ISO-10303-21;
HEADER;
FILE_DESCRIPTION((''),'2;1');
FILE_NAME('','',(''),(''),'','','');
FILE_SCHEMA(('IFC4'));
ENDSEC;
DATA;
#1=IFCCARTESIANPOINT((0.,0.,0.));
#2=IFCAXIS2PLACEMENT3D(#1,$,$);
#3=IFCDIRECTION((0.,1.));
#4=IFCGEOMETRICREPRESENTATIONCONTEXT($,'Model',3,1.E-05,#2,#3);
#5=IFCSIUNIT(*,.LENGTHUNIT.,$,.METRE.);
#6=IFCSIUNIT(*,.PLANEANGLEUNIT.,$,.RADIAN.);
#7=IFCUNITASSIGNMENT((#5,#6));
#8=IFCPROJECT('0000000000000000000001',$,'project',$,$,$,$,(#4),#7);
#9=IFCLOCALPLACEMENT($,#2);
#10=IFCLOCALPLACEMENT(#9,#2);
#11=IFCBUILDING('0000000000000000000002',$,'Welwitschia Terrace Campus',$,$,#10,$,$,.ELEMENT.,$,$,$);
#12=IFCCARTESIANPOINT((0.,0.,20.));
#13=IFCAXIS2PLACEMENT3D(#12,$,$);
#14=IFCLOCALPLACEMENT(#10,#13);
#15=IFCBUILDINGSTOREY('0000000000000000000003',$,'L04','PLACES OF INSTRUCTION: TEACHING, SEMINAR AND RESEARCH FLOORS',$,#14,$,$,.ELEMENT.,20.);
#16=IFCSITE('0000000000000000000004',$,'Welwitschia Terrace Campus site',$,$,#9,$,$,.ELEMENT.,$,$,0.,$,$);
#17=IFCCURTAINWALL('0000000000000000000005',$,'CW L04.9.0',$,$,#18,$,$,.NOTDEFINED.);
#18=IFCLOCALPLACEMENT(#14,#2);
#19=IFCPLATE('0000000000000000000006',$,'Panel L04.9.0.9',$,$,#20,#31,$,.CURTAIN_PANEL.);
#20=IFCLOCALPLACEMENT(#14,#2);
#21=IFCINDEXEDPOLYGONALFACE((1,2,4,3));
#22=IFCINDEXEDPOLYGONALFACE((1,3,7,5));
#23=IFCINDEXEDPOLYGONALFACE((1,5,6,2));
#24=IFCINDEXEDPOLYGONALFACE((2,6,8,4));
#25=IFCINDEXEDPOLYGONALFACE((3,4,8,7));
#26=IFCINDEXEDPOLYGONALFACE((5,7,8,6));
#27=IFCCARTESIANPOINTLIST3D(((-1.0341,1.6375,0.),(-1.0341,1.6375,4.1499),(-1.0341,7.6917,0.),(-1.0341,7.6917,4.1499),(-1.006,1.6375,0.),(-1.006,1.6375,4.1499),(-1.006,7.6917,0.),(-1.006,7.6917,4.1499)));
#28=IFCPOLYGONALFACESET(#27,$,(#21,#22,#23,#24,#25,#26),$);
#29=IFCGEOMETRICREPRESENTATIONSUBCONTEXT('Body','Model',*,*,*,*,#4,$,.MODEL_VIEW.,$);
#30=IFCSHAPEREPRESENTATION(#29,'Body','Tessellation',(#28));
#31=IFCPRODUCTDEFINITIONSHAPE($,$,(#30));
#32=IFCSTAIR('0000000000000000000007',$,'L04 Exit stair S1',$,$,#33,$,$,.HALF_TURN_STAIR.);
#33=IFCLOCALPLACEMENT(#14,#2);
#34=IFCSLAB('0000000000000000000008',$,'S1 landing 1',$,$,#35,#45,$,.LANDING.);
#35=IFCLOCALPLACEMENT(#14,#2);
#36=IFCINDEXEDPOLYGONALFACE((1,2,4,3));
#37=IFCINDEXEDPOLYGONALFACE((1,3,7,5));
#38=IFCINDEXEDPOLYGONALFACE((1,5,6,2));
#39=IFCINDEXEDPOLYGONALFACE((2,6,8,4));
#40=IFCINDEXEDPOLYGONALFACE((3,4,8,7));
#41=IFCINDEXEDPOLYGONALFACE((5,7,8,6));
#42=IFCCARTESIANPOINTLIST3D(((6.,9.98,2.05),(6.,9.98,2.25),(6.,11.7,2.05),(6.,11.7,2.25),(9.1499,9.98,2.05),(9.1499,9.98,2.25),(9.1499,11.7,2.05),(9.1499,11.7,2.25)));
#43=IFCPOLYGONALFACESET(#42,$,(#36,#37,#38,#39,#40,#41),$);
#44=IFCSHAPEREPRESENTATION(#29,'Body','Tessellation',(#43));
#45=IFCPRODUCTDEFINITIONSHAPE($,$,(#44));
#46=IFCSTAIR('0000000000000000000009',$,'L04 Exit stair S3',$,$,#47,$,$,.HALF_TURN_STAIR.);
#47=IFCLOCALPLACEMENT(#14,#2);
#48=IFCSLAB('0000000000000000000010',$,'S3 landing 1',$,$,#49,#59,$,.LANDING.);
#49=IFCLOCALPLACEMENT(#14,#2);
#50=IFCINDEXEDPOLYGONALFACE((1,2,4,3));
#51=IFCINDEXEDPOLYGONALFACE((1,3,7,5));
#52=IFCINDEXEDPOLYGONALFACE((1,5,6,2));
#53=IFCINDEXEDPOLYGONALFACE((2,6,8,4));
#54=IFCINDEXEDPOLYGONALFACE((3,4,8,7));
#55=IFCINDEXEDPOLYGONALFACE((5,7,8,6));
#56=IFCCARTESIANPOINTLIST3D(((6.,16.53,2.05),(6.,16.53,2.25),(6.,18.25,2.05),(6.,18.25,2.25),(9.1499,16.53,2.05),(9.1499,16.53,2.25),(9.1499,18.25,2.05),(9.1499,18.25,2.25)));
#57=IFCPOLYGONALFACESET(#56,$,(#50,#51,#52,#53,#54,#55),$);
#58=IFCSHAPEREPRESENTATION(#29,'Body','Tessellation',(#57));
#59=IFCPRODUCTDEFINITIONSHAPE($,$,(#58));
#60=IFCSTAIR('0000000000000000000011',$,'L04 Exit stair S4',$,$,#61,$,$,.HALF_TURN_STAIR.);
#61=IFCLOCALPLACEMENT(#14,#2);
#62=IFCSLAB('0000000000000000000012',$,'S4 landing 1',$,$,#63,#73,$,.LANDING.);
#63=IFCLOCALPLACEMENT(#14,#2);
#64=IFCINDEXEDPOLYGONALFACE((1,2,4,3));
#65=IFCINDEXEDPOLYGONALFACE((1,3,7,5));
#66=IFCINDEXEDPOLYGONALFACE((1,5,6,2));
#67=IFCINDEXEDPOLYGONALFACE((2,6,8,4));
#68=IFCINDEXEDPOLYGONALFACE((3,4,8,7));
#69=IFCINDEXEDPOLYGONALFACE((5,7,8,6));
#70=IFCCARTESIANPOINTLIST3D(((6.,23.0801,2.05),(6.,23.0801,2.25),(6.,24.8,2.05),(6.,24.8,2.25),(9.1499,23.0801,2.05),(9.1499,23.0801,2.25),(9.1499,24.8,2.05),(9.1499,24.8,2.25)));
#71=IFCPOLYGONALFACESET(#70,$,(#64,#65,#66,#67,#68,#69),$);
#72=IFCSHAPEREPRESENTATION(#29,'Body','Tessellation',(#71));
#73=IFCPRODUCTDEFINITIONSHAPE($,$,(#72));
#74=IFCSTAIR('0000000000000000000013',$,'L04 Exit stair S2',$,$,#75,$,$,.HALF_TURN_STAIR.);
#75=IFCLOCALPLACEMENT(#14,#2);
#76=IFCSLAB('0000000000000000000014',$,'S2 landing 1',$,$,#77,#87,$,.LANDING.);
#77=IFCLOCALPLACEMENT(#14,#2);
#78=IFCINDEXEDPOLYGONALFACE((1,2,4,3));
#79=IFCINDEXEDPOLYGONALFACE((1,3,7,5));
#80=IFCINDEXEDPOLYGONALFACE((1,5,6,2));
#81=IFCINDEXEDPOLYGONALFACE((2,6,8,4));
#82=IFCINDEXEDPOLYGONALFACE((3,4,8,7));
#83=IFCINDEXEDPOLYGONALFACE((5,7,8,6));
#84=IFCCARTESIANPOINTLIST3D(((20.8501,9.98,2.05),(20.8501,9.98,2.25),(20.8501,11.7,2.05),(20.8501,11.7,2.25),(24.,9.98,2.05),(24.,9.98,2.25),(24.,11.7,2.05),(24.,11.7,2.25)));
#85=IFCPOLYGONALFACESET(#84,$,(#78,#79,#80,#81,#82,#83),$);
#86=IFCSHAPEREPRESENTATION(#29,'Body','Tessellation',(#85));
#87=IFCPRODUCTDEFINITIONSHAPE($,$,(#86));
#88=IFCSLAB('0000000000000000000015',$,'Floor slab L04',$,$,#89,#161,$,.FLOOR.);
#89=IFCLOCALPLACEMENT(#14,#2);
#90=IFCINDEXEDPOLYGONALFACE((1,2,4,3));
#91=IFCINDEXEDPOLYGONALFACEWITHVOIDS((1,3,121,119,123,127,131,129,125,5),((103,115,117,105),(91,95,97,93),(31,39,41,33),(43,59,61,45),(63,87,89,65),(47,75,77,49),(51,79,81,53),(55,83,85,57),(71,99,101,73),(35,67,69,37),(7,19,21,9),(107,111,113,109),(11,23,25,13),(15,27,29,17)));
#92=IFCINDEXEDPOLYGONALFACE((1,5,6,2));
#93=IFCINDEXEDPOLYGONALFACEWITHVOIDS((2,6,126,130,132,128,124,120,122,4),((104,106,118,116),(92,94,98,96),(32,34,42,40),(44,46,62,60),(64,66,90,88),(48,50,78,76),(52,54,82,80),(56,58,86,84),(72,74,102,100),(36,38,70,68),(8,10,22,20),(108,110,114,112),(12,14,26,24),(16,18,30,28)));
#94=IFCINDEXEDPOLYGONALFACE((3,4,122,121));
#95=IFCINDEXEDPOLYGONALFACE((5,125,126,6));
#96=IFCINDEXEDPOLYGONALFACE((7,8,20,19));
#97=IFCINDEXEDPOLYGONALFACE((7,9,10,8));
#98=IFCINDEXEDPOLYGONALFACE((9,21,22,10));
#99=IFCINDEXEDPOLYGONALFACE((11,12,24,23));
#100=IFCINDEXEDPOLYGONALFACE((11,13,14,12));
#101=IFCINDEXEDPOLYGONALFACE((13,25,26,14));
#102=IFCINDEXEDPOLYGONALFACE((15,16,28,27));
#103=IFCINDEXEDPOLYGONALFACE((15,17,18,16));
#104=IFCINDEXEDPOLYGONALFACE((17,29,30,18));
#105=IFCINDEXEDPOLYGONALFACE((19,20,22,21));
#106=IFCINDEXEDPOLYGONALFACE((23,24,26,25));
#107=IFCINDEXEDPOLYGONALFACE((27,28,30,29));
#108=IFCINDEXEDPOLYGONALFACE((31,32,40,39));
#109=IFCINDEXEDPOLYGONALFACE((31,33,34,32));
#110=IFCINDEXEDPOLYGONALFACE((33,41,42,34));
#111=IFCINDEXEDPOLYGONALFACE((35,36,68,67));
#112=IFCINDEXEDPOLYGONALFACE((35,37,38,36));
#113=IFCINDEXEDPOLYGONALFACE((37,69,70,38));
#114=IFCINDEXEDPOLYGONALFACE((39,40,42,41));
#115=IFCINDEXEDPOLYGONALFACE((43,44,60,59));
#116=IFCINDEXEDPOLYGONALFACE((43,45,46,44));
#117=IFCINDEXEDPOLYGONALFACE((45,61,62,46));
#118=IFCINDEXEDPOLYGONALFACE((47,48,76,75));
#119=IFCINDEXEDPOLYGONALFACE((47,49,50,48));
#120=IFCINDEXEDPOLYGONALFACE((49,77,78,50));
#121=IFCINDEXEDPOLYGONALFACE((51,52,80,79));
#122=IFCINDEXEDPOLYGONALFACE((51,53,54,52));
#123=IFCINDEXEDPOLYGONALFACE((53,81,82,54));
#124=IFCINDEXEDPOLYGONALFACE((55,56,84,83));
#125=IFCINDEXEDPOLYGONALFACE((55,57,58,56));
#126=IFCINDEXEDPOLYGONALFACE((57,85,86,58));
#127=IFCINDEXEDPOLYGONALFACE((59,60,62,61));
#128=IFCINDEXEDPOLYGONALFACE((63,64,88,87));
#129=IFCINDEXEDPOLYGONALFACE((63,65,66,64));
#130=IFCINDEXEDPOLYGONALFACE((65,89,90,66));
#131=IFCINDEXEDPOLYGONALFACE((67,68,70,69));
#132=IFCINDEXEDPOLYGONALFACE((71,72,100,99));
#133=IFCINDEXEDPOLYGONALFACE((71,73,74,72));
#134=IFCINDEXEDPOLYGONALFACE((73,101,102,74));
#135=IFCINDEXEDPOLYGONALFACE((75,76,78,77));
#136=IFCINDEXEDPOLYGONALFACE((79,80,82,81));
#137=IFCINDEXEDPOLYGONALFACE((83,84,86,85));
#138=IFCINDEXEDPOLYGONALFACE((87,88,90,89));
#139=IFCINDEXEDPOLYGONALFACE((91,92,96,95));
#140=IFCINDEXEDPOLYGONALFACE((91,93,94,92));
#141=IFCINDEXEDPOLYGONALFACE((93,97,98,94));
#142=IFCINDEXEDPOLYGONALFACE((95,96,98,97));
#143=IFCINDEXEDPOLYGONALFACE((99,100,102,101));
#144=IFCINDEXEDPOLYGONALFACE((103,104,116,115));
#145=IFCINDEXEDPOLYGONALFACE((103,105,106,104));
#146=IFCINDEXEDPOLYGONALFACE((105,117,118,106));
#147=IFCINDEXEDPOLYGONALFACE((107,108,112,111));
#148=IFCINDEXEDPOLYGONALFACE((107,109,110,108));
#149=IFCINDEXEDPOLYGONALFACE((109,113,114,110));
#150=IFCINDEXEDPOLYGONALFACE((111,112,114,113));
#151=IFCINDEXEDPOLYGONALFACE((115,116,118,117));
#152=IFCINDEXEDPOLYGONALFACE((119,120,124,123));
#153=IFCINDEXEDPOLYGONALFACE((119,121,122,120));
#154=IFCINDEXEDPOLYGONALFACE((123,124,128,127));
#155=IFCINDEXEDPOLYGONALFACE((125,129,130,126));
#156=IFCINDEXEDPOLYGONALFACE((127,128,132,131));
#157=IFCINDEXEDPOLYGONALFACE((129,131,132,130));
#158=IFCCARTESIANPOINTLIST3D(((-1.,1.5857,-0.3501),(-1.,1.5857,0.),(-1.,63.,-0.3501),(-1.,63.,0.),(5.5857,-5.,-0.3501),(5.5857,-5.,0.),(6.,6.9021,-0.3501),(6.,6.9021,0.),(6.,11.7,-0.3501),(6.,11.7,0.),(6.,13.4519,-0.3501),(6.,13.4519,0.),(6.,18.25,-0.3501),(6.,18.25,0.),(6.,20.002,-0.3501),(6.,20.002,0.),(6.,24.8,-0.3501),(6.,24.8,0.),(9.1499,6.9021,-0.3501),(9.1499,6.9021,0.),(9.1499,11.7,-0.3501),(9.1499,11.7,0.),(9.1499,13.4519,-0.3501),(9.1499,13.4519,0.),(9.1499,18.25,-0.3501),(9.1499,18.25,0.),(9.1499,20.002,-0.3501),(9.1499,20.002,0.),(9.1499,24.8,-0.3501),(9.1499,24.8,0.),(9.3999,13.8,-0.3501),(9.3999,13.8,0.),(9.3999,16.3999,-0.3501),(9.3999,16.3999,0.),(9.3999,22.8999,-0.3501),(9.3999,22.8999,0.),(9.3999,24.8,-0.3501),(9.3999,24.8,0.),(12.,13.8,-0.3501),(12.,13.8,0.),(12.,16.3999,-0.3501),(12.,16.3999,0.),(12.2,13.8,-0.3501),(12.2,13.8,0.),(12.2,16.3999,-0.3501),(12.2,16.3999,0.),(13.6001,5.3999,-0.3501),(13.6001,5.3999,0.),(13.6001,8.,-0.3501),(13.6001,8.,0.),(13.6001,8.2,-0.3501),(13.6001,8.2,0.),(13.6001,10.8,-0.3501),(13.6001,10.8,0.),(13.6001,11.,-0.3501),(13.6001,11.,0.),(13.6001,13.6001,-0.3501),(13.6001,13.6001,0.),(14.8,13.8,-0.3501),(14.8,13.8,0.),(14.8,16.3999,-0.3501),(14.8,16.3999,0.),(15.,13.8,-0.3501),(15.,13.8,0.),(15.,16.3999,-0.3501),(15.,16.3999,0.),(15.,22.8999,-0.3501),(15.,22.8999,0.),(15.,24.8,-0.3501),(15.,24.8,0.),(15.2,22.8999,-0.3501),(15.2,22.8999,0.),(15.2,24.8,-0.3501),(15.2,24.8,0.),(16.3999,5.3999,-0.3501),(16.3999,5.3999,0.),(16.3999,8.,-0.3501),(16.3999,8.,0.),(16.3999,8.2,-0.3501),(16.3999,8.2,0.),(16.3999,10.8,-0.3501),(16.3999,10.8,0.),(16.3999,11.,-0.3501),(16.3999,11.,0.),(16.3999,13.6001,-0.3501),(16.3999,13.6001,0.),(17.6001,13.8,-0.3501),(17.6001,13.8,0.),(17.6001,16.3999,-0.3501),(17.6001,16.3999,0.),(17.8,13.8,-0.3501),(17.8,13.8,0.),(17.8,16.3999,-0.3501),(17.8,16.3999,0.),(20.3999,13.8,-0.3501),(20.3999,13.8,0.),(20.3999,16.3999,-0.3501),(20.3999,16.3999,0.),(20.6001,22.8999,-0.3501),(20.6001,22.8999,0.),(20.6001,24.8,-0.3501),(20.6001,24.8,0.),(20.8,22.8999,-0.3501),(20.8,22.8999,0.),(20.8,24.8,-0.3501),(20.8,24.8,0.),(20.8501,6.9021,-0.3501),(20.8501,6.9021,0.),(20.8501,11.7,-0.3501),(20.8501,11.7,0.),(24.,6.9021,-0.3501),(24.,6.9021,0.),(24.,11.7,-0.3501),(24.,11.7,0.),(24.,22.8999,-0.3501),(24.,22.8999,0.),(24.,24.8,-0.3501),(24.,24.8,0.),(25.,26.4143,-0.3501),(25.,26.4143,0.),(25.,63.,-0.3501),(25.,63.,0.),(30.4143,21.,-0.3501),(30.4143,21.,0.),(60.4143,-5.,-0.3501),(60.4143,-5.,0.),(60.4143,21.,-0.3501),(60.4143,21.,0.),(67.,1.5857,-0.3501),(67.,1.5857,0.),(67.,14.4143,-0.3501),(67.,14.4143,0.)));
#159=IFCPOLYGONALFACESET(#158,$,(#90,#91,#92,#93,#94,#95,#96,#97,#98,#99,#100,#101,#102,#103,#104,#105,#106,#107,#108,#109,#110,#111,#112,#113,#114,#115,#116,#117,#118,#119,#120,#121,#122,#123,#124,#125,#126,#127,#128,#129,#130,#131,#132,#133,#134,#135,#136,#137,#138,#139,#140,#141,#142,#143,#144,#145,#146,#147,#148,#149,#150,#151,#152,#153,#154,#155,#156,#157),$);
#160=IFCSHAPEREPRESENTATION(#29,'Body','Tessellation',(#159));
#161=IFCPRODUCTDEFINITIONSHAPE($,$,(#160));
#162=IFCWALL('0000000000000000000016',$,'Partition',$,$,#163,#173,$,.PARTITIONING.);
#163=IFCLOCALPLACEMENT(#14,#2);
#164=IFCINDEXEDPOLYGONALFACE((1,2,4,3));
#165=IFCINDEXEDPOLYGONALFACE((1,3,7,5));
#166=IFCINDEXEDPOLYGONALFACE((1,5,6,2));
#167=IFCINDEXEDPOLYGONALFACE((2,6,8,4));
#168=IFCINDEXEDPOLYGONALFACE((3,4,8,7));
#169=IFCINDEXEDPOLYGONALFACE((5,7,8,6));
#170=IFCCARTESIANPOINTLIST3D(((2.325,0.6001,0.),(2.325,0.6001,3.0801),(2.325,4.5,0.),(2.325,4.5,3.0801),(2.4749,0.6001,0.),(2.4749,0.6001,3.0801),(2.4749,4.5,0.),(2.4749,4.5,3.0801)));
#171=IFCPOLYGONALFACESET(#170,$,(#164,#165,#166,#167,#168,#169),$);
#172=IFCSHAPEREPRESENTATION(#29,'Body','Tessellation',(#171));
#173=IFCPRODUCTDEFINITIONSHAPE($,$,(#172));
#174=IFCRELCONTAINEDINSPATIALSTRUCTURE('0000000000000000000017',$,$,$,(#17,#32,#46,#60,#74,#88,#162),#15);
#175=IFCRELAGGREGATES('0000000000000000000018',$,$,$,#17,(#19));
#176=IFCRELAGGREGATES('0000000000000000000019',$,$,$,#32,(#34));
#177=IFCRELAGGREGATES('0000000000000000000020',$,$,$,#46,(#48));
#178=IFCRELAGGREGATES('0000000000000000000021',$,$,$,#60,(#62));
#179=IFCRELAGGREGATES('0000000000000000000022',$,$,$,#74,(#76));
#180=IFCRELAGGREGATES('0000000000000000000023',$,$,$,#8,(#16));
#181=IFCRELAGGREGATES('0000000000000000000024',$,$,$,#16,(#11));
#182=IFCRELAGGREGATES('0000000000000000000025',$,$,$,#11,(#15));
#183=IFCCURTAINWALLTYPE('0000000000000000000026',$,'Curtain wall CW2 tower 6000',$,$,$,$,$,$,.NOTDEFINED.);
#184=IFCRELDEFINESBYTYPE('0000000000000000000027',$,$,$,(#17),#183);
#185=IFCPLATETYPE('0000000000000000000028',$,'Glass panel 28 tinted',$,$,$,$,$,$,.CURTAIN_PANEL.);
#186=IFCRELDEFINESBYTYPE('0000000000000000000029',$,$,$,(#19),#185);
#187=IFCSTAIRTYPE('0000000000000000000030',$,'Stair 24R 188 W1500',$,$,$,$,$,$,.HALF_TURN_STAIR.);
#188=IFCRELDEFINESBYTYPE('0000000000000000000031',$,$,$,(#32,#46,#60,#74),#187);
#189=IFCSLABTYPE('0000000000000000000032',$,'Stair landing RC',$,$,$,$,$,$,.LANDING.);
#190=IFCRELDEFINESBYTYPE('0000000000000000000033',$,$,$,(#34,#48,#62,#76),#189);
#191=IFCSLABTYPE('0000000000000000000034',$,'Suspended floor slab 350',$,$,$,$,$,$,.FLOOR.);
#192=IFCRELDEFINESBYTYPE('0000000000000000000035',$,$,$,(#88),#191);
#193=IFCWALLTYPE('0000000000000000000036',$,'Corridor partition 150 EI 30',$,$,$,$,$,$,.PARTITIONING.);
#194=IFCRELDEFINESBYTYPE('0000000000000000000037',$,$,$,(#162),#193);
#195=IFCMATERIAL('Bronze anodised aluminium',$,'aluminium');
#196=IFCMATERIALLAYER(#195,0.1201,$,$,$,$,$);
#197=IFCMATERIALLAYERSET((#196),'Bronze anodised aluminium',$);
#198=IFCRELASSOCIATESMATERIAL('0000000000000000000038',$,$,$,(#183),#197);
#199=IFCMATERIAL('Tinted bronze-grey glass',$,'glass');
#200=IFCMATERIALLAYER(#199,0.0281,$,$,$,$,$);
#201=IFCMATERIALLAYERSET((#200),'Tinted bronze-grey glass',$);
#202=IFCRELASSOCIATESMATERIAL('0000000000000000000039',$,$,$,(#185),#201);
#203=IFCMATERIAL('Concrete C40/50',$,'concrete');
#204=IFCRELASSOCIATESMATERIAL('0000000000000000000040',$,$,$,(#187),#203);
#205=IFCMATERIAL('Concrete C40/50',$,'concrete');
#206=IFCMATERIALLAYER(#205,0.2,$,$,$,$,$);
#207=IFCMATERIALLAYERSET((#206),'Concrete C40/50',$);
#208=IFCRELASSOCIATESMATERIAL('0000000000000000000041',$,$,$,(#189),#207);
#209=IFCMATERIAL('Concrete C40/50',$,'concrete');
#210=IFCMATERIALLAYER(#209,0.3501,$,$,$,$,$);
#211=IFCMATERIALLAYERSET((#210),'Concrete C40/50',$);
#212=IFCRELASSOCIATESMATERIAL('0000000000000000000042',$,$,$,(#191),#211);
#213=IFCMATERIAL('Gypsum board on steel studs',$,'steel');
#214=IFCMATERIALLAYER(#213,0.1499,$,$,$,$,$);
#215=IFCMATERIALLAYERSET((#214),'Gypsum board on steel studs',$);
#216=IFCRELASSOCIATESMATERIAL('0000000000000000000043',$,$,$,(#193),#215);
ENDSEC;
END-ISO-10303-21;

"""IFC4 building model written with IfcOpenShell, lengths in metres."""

from ifc_helpers import new_model, si_unit, direction, frame, frame_2d, origin, origin_2d, place, context, subcontext, project, spatial, polyline, rectangle, outline, extrude, material, layer, layer_set, type_object, element, aggregate, save


model = new_model("IFC4")

# Units and contexts
model_context = context("Model", 3, precision=1e-05, world=origin(), true_north=direction((0.0, 1.0)))
body_context = subcontext(model_context, "Body", "Model", "MODEL_VIEW")
ifc_project = project(units=[si_unit("LENGTHUNIT", "METRE"), si_unit("PLANEANGLEUNIT", "RADIAN")], contexts=[model_context])

# Site, building, storey
site_placement = place(None, origin())
site = spatial("IfcSite", under=ifc_project, at=site_placement, Name="Welwitschia Terrace Campus site", CompositionType="ELEMENT", RefElevation=0.0)
building_placement = place(site_placement, origin())
building = spatial("IfcBuilding", under=site, at=building_placement, Name="Welwitschia Terrace Campus", CompositionType="ELEMENT")
storey_placement = place(building_placement, frame((0.0, 0.0, 20.0)))
storey = spatial("IfcBuildingStorey", under=building, at=storey_placement, Name="L04", Description="PLACES OF INSTRUCTION: TEACHING, SEMINAR AND RESEARCH FLOORS", CompositionType="ELEMENT", Elevation=20.0)

# Shared definitions
ifc_material_1 = material(Name="Bronze anodised aluminium", Category="aluminium")
ifc_layer_1 = layer(ifc_material_1, 0.1201)
ifc_layer_set_1 = layer_set([ifc_layer_1], Name="Bronze anodised aluminium")
curtain_wall_type = type_object("IfcCurtainWallType", Name="Curtain wall CW2 tower 6000", PredefinedType="NOTDEFINED", material=ifc_layer_set_1)

# Curtain wall
curtain_wall_1_placement = place(storey_placement, origin())
curtain_wall_1 = element("IfcCurtainWall", 1, at=curtain_wall_1_placement, inside=storey, type_object=curtain_wall_type, Name="CW L04.9.0", PredefinedType="NOTDEFINED")

# Plate
ifc_material_2 = material(Name="Tinted bronze-grey glass", Category="glass")
ifc_layer_2 = layer(ifc_material_2, 0.0281)
ifc_layer_set_2 = layer_set([ifc_layer_2], Name="Tinted bronze-grey glass")
plate_type = type_object("IfcPlateType", Name="Glass panel 28 tinted", PredefinedType="CURTAIN_PANEL", material=ifc_layer_set_2)
plate_1_placement = place(storey_placement, frame((-1.02, 4.6646, 0.0), z_axis=(0.0, 0.0, 1.0), x_axis=(0.0, -1.0, 0.0)))
plate_1 = element("IfcPlate", 2, at=plate_1_placement, type_object=plate_type, Name="Panel L04.9.0.9", PredefinedType="CURTAIN_PANEL", context=body_context, shape_type="SweptSolid", body=[
    extrude(rectangle(XDim=6.0542, YDim=0.0281, at=origin_2d()), origin(), (0.0, 0.0, 1.0), 4.1499),
])
aggregate(curtain_wall_1, [plate_1])

# Stairs, slabs
ifc_material_3 = material(Name="Concrete C40/50", Category="concrete")
stair_type = type_object("IfcStairType", Name="Stair 24R 188 W1500", PredefinedType="HALF_TURN_STAIR", material=ifc_material_3)
stair_1_placement = place(storey_placement, origin())
stair_1 = element("IfcStair", 3, at=stair_1_placement, inside=storey, type_object=stair_type, Name="L04 Exit stair S1", PredefinedType="HALF_TURN_STAIR")
ifc_material_4 = material(Name="Concrete C40/50", Category="concrete")
ifc_layer_3 = layer(ifc_material_4, 0.2)
ifc_layer_set_3 = layer_set([ifc_layer_3], Name="Concrete C40/50")
slab_type_1 = type_object("IfcSlabType", Name="Stair landing RC", PredefinedType="LANDING", material=ifc_layer_set_3)
slab_1_placement = place(storey_placement, frame((0.0, 0.0, 2.05)))
slab_1 = element("IfcSlab", 4, at=slab_1_placement, type_object=slab_type_1, Name="S1 landing 1", PredefinedType="LANDING", context=body_context, shape_type="SweptSolid", body=[
    extrude(outline(polyline([(9.1499, 9.98), (9.1499, 11.7), (6.0, 11.7), (6.0, 9.98), (9.1499, 9.98)])), origin(), (0.0, 0.0, 1.0), 0.2),
])
aggregate(stair_1, [slab_1])
stair_2_placement = place(storey_placement, origin())
stair_2 = element("IfcStair", 5, at=stair_2_placement, inside=storey, type_object=stair_type, Name="L04 Exit stair S3", PredefinedType="HALF_TURN_STAIR")
slab_2_placement = place(storey_placement, frame((0.0, 0.0, 2.05)))
slab_2 = element("IfcSlab", 6, at=slab_2_placement, type_object=slab_type_1, Name="S3 landing 1", PredefinedType="LANDING", context=body_context, shape_type="SweptSolid", body=[
    extrude(outline(polyline([(9.1499, 16.53), (9.1499, 18.25), (6.0, 18.25), (6.0, 16.53), (9.1499, 16.53)])), origin(), (0.0, 0.0, 1.0), 0.2),
])
aggregate(stair_2, [slab_2])
stair_3_placement = place(storey_placement, origin())
stair_3 = element("IfcStair", 7, at=stair_3_placement, inside=storey, type_object=stair_type, Name="L04 Exit stair S4", PredefinedType="HALF_TURN_STAIR")
slab_3_placement = place(storey_placement, frame((0.0, 0.0, 2.05)))
slab_3 = element("IfcSlab", 8, at=slab_3_placement, type_object=slab_type_1, Name="S4 landing 1", PredefinedType="LANDING", context=body_context, shape_type="SweptSolid", body=[
    extrude(outline(polyline([(9.1499, 23.0801), (9.1499, 24.8), (6.0, 24.8), (6.0, 23.0801), (9.1499, 23.0801)])), origin(), (0.0, 0.0, 1.0), 0.2),
])
aggregate(stair_3, [slab_3])
stair_4_placement = place(storey_placement, origin())
stair_4 = element("IfcStair", 9, at=stair_4_placement, inside=storey, type_object=stair_type, Name="L04 Exit stair S2", PredefinedType="HALF_TURN_STAIR")
slab_4_placement = place(storey_placement, frame((0.0, 0.0, 2.05)))
slab_4 = element("IfcSlab", 10, at=slab_4_placement, type_object=slab_type_1, Name="S2 landing 1", PredefinedType="LANDING", context=body_context, shape_type="SweptSolid", body=[
    extrude(outline(polyline([(24.0, 9.98), (24.0, 11.7), (20.8501, 11.7), (20.8501, 9.98), (24.0, 9.98)])), origin(), (0.0, 0.0, 1.0), 0.2),
])
aggregate(stair_4, [slab_4])

# Slab
ifc_material_5 = material(Name="Concrete C40/50", Category="concrete")
ifc_layer_4 = layer(ifc_material_5, 0.3501)
ifc_layer_set_4 = layer_set([ifc_layer_4], Name="Concrete C40/50")
slab_type_2 = type_object("IfcSlabType", Name="Suspended floor slab 350", PredefinedType="FLOOR", material=ifc_layer_set_4)
slab_5_placement = place(storey_placement, frame((0.0, 0.0, -0.3501)))
element("IfcSlab", 11, at=slab_5_placement, inside=storey, type_object=slab_type_2, Name="Floor slab L04", PredefinedType="FLOOR", context=body_context, shape_type="SweptSolid", body=[
    extrude(outline(polyline([(-1.0, 63.0), (25.0, 63.0), (25.0, 26.4143), (30.4143, 21.0), (60.4143, 21.0), (67.0, 14.4143), (67.0, 1.5857), (60.4143, -5.0), (5.5857, -5.0), (-1.0, 1.5857), (-1.0, 63.0)]), holes=[polyline([(13.6001, 8.0), (13.6001, 5.3999), (16.3999, 5.3999), (16.3999, 8.0), (13.6001, 8.0)]), polyline([(9.1499, 11.7), (6.0, 11.7), (6.0, 6.9021), (9.1499, 6.9021), (9.1499, 11.7)]), polyline([(12.0, 16.3999), (9.3999, 16.3999), (9.3999, 13.8), (12.0, 13.8), (12.0, 16.3999)]), polyline([(14.8, 16.3999), (12.2, 16.3999), (12.2, 13.8), (14.8, 13.8), (14.8, 16.3999)]), polyline([(9.1499, 18.25), (6.0, 18.25), (6.0, 13.4519), (9.1499, 13.4519), (9.1499, 18.25)]), polyline([(9.1499, 24.8), (6.0, 24.8), (6.0, 20.002), (9.1499, 20.002), (9.1499, 24.8)]), polyline([(15.0, 24.8), (9.3999, 24.8), (9.3999, 22.8999), (15.0, 22.8999), (15.0, 24.8)]), polyline([(20.8501, 11.7), (20.8501, 6.9021), (24.0, 6.9021), (24.0, 11.7), (20.8501, 11.7)]), polyline([(16.3999, 10.8), (13.6001, 10.8), (13.6001, 8.2), (16.3999, 8.2), (16.3999, 10.8)]), polyline([(16.3999, 13.6001), (13.6001, 13.6001), (13.6001, 11.0), (16.3999, 11.0), (16.3999, 13.6001)]), polyline([(17.6001, 16.3999), (15.0, 16.3999), (15.0, 13.8), (17.6001, 13.8), (17.6001, 16.3999)]), polyline([(20.3999, 16.3999), (17.8, 16.3999), (17.8, 13.8), (20.3999, 13.8), (20.3999, 16.3999)]), polyline([(20.6001, 24.8), (15.2, 24.8), (15.2, 22.8999), (20.6001, 22.8999), (20.6001, 24.8)]), polyline([(24.0, 24.8), (20.8, 24.8), (20.8, 22.8999), (24.0, 22.8999), (24.0, 24.8)])]), origin(), (0.0, 0.0, 1.0), 0.3501),
])

# Wall
ifc_material_6 = material(Name="Gypsum board on steel studs", Category="steel")
ifc_layer_5 = layer(ifc_material_6, 0.1499)
ifc_layer_set_5 = layer_set([ifc_layer_5], Name="Gypsum board on steel studs")
wall_type = type_object("IfcWallType", Name="Corridor partition 150 EI 30", PredefinedType="PARTITIONING", material=ifc_layer_set_5)
wall_1_placement = place(storey_placement, frame((2.3999, 0.6001, 0.0), z_axis=(0.0, 0.0, 1.0), x_axis=(0.0, 1.0, 0.0)))
element("IfcWall", 12, at=wall_1_placement, inside=storey, type_object=wall_type, Name="Partition", PredefinedType="PARTITIONING", context=body_context, shape_type="SweptSolid", body=[
    extrude(rectangle(XDim=3.8999, YDim=0.1499, at=frame_2d((1.95, 0.0))), origin(), (0.0, 0.0, 1.0), 3.0801),
])

save(model, "model.ifc")
